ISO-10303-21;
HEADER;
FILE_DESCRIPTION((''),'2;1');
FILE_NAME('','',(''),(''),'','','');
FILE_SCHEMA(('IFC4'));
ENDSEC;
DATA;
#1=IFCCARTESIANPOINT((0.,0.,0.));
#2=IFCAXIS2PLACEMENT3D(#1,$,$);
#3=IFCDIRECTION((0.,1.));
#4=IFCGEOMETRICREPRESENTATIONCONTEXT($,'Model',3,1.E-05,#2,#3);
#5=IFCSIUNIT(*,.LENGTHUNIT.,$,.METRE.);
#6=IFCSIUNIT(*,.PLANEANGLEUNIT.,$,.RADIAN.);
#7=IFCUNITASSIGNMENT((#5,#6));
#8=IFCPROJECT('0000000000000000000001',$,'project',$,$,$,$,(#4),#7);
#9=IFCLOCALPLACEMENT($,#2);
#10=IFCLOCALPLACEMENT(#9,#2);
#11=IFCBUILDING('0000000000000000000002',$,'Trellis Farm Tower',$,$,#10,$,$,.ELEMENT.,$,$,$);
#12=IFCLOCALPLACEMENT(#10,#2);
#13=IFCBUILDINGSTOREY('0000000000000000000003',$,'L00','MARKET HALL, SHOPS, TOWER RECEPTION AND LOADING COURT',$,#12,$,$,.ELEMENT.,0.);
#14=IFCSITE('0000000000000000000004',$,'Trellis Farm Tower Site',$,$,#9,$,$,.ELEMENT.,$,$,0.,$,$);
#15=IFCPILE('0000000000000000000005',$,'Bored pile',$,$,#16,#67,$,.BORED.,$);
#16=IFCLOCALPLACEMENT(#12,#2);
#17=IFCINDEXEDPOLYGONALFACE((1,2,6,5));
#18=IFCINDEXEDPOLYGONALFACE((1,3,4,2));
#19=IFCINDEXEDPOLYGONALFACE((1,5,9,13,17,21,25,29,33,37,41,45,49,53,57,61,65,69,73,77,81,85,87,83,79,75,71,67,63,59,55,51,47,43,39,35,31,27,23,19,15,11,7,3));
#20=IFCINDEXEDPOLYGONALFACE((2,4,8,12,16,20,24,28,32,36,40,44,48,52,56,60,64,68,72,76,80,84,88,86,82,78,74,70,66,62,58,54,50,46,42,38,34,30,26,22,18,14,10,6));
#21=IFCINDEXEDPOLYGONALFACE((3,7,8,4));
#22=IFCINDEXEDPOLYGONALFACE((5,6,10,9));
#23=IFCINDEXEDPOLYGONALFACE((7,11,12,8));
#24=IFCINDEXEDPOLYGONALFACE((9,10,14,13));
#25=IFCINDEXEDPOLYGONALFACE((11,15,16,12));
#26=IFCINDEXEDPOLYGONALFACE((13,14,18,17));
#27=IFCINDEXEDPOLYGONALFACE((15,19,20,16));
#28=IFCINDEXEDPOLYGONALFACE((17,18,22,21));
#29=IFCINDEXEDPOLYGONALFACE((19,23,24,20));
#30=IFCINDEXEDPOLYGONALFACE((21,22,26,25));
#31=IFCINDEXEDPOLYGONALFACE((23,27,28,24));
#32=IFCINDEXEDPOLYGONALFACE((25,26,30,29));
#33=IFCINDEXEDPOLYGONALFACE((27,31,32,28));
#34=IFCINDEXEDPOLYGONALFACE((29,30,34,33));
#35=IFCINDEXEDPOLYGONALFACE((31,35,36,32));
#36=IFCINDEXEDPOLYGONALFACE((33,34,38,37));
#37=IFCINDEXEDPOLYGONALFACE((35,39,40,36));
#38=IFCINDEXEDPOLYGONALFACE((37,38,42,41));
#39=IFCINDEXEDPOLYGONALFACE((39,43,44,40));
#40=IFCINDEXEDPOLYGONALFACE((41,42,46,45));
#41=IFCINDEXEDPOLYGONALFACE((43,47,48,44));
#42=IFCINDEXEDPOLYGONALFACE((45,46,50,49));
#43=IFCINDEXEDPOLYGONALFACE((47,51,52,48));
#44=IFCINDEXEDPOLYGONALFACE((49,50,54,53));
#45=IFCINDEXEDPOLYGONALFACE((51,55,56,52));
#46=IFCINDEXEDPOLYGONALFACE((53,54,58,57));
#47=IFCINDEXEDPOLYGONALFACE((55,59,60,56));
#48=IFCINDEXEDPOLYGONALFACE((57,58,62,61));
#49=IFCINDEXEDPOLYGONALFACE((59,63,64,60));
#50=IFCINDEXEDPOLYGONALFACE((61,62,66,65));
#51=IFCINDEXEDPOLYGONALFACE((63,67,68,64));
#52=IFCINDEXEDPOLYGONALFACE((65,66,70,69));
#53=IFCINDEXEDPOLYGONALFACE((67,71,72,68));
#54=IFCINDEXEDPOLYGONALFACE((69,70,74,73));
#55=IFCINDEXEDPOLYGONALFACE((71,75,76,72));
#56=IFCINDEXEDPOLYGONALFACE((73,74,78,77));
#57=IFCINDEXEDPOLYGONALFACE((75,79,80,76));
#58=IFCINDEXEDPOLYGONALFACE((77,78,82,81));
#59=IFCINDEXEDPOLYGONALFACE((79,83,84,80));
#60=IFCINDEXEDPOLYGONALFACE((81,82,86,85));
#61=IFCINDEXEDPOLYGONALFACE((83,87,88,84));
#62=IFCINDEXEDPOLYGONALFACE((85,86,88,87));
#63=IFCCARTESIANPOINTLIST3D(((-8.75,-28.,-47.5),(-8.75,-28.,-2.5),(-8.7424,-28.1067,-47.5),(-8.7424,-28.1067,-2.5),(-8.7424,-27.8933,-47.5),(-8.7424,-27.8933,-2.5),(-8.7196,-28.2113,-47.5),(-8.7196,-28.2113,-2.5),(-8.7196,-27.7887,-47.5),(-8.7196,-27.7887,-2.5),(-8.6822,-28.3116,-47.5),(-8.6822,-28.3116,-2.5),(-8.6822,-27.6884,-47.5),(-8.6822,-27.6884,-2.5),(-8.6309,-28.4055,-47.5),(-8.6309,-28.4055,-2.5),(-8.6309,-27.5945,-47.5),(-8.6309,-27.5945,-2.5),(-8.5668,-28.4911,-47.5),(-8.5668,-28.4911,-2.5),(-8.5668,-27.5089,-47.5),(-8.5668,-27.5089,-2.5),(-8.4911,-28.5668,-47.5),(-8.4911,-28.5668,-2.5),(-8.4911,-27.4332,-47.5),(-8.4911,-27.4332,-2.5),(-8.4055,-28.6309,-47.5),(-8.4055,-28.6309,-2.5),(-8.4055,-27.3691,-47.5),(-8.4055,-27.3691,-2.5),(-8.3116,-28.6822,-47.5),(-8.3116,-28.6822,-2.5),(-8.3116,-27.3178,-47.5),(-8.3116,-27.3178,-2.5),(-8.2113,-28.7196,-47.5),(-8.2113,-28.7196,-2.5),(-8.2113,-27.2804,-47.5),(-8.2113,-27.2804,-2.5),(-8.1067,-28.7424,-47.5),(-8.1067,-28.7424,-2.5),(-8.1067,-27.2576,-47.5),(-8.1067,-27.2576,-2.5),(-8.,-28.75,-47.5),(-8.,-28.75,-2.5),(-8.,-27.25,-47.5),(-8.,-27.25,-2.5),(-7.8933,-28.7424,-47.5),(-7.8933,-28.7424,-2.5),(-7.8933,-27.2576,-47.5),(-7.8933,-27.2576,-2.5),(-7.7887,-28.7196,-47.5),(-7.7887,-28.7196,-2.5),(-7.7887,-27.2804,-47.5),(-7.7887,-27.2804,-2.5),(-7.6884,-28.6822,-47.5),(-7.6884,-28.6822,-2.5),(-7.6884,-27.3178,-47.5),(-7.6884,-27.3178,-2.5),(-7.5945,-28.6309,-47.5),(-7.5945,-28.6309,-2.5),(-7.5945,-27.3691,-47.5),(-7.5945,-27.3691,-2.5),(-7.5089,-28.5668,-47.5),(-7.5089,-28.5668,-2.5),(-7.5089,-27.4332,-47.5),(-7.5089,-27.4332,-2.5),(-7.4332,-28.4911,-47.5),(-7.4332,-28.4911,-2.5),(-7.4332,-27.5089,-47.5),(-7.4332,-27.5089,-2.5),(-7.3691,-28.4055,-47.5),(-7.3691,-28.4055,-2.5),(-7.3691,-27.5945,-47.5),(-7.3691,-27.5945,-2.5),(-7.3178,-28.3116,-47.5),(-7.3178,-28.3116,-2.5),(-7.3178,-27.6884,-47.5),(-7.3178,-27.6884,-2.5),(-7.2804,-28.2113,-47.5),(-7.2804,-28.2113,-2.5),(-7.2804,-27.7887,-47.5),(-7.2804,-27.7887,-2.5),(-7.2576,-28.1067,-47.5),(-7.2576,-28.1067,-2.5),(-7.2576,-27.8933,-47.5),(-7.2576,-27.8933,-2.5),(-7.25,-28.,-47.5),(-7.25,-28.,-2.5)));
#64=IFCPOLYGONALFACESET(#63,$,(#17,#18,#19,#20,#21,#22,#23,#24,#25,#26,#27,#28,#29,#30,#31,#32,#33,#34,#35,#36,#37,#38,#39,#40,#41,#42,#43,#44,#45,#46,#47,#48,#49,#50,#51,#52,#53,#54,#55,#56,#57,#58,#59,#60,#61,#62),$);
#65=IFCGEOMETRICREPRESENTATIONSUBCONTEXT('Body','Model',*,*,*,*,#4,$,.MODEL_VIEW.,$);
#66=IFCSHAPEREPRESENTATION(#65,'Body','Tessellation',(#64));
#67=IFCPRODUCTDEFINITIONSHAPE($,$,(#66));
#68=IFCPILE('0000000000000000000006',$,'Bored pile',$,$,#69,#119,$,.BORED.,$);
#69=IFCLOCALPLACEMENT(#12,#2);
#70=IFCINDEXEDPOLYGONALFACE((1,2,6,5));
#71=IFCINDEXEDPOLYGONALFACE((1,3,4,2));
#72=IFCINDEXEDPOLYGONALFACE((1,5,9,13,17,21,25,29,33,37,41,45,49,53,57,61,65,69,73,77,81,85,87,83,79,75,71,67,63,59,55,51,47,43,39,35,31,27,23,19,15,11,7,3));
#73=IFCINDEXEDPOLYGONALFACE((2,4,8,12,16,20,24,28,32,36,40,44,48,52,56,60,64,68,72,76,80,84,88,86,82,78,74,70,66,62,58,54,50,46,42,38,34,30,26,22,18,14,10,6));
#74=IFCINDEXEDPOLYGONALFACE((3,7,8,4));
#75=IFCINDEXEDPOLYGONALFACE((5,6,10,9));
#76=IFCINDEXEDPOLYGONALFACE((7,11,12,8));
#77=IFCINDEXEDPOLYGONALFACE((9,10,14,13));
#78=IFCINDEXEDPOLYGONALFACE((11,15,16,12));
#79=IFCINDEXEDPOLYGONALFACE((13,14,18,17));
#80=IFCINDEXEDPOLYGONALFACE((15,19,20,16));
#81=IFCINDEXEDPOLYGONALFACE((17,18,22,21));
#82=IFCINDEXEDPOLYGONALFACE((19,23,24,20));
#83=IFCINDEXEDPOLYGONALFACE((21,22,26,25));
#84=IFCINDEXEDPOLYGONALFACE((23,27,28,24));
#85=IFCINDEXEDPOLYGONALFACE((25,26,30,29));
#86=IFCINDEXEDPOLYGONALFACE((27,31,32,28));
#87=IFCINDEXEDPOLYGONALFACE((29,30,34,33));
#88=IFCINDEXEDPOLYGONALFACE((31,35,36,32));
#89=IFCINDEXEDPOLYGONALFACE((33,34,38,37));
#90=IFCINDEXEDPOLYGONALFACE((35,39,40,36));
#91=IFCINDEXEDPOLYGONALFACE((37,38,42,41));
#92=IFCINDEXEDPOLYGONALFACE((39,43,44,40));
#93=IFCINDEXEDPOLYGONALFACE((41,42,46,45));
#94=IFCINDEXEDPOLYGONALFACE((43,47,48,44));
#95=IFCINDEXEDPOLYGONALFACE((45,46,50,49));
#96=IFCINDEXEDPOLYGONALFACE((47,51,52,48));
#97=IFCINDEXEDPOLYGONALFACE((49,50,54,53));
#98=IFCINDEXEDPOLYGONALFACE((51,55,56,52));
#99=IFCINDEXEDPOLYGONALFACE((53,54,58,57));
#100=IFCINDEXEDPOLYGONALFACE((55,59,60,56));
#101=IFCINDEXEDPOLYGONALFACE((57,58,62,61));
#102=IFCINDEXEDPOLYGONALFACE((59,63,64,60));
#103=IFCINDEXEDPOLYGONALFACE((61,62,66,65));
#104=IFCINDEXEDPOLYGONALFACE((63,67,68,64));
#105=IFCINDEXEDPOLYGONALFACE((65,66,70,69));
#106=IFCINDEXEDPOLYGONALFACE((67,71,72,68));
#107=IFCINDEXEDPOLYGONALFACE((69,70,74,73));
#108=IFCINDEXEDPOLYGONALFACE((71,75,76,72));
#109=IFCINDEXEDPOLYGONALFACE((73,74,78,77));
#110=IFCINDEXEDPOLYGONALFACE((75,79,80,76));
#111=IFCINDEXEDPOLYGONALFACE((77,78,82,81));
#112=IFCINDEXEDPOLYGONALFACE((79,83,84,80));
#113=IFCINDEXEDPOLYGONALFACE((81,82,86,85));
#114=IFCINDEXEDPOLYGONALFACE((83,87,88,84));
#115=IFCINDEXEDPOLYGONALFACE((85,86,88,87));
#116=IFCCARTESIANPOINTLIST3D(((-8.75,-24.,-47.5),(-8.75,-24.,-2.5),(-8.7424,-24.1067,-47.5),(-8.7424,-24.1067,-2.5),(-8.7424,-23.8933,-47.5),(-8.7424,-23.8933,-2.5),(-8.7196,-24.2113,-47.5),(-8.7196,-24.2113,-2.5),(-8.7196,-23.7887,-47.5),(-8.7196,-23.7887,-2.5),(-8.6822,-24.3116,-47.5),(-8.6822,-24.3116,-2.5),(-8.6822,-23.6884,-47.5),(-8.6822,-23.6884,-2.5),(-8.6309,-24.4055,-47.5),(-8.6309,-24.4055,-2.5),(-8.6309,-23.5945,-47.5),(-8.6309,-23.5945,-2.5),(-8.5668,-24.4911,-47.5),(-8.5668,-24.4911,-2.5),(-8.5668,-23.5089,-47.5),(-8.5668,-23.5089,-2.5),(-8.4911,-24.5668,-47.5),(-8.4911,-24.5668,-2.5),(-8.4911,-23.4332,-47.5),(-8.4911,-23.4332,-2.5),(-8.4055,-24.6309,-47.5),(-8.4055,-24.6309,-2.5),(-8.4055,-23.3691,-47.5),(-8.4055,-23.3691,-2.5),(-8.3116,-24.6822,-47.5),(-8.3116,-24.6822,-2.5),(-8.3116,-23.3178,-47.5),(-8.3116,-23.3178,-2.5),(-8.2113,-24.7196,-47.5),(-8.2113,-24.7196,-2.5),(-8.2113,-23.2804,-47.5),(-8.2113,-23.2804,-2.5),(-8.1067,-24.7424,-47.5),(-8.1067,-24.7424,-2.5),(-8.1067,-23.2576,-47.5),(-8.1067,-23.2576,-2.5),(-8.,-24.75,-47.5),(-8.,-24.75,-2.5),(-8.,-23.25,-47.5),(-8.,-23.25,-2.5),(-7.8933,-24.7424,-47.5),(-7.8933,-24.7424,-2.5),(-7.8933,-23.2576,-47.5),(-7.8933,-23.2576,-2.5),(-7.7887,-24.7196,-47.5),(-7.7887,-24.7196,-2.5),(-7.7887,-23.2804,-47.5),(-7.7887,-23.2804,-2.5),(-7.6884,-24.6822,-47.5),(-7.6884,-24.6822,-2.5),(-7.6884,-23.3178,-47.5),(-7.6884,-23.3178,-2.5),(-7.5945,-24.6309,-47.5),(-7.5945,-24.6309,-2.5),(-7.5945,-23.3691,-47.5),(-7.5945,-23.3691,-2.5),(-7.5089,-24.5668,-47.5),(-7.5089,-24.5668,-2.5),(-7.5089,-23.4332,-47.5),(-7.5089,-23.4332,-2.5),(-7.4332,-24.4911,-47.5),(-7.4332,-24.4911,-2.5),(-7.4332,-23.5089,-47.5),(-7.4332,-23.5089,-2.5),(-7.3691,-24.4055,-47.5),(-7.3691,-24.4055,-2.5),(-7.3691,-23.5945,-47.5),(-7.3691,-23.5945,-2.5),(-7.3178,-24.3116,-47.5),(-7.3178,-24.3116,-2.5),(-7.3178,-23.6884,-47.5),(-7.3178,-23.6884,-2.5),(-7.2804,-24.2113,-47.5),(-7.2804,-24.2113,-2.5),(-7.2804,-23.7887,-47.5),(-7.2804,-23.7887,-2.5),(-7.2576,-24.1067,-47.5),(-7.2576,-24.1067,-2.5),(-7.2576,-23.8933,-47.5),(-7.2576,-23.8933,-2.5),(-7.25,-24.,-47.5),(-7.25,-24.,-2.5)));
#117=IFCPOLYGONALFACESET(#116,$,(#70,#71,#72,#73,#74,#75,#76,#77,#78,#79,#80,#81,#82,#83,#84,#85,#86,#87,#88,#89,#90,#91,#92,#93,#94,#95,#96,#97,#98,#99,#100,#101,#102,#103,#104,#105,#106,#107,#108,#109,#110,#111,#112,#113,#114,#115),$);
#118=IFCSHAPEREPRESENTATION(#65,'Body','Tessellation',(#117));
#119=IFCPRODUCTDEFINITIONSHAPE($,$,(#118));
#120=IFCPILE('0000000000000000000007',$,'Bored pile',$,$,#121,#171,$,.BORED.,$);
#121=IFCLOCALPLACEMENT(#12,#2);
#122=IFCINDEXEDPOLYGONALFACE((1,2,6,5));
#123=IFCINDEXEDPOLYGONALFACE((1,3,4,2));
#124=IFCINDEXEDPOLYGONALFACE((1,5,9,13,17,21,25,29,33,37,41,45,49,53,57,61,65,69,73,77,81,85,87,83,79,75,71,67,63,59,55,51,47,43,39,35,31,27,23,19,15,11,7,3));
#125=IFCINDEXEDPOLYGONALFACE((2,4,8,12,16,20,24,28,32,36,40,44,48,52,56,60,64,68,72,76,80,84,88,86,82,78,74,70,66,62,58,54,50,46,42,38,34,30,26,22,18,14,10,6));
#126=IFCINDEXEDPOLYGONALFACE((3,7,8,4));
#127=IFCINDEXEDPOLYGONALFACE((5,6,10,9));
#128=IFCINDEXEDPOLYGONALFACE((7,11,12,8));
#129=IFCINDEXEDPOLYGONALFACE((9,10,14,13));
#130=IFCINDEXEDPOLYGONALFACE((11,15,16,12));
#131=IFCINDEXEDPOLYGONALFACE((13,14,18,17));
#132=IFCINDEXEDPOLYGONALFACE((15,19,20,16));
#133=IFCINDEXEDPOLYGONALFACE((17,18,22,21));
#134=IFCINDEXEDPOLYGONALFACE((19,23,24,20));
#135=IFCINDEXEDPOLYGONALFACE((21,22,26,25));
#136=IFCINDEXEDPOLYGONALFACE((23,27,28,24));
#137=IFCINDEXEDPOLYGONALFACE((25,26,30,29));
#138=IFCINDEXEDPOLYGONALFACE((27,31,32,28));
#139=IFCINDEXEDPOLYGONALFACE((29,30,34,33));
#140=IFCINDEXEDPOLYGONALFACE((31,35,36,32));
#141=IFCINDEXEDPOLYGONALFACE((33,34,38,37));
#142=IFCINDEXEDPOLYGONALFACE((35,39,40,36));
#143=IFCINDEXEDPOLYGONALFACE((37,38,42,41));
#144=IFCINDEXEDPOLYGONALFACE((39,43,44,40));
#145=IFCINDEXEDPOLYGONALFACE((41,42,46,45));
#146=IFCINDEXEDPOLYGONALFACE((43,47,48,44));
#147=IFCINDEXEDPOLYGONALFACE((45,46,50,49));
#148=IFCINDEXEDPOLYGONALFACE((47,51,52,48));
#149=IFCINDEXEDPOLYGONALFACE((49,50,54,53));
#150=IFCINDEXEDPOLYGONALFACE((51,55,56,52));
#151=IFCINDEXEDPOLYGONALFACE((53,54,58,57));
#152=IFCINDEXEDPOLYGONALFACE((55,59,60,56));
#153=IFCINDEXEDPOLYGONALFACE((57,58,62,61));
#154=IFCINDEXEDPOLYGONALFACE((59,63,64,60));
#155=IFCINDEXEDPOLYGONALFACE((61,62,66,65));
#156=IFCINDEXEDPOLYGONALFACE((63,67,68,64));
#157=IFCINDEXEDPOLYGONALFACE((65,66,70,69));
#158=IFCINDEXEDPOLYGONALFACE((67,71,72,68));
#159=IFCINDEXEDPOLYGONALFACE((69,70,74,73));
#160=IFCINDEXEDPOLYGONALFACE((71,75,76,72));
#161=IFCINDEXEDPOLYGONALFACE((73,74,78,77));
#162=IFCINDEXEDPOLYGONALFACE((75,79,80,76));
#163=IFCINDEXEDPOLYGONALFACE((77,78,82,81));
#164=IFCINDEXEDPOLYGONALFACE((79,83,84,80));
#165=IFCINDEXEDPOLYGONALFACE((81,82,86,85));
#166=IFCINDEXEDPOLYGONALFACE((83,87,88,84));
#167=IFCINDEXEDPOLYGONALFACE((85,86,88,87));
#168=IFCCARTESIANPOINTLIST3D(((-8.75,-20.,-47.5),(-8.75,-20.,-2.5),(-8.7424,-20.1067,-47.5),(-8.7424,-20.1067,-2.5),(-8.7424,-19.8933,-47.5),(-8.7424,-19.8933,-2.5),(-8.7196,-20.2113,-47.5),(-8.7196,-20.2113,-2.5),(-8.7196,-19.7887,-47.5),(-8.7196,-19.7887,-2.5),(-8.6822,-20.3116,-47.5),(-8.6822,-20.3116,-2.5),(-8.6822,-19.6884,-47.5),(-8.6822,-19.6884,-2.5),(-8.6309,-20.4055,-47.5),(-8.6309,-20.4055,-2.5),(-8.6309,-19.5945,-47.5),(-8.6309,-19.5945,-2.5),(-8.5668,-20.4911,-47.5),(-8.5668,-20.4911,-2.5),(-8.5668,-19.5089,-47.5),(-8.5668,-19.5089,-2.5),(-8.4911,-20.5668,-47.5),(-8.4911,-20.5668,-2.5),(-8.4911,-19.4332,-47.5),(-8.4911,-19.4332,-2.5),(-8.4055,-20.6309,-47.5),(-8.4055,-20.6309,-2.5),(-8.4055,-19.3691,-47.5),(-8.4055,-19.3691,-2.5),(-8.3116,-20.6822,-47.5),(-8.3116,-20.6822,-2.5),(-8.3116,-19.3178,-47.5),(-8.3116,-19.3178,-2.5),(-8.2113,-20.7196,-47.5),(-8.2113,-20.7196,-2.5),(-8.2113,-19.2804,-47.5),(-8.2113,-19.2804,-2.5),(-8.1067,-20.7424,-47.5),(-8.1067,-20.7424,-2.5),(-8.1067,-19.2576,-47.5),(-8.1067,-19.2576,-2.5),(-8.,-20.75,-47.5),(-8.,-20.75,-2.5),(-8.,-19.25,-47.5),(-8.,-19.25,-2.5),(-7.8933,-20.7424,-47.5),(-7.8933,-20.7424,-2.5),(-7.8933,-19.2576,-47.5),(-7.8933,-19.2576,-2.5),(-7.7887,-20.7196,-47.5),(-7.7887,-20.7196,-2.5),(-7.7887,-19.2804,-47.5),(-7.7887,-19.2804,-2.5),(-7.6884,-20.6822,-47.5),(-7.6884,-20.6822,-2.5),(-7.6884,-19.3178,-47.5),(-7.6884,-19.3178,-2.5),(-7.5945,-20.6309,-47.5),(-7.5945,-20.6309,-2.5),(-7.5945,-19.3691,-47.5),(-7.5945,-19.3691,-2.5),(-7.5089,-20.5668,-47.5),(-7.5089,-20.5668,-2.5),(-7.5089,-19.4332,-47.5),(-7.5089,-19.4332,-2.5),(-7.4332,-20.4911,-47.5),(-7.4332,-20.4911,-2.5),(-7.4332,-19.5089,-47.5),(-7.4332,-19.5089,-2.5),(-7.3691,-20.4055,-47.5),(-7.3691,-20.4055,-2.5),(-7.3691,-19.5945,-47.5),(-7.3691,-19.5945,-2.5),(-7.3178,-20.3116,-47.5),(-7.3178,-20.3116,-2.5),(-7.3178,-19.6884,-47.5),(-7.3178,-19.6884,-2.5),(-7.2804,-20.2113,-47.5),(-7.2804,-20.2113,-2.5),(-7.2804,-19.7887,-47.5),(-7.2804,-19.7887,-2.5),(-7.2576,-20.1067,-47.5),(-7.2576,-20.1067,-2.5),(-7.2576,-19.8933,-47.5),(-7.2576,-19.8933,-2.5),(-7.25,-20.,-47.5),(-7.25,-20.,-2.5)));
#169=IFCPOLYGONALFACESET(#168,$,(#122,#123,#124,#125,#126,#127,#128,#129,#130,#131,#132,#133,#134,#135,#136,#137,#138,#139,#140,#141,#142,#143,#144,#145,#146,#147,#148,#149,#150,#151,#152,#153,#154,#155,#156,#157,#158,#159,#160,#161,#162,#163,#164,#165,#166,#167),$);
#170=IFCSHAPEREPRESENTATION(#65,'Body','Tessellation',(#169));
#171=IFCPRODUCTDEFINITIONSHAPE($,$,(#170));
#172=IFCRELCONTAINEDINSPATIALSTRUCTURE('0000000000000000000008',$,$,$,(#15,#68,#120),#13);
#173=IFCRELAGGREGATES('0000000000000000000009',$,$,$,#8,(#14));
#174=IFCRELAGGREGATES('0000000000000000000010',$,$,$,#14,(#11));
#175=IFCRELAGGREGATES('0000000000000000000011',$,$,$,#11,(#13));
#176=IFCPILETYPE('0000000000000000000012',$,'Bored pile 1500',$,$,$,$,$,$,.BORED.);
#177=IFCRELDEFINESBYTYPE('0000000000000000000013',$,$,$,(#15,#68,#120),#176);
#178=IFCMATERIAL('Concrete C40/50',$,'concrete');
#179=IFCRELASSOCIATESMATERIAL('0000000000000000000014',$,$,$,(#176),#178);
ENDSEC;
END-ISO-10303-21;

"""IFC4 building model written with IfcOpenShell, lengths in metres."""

from ifc_helpers import new_model, si_unit, direction, frame, origin, origin_2d, place, context, subcontext, project, spatial, circle, extrude, source, transform, mapped, material, material_profile, profile_set, type_object, element, save


model = new_model("IFC4")

# Units and contexts
model_context = context("Model", 3, precision=1e-05, world=origin(), true_north=direction((0.0, 1.0)))
body_context = subcontext(model_context, "Body", "Model", "MODEL_VIEW")
ifc_project = project(units=[si_unit("LENGTHUNIT", "METRE"), si_unit("PLANEANGLEUNIT", "RADIAN")], contexts=[model_context])

# Site, building, storey
site_placement = place(None, origin())
site = spatial("IfcSite", under=ifc_project, at=site_placement, Name="Trellis Farm Tower Site", CompositionType="ELEMENT", RefElevation=0.0)
building_placement = place(site_placement, origin())
building = spatial("IfcBuilding", under=site, at=building_placement, Name="Trellis Farm Tower", CompositionType="ELEMENT")
storey_placement = place(building_placement, origin())
storey = spatial("IfcBuildingStorey", under=building, at=storey_placement, Name="L00", Description="MARKET HALL, SHOPS, TOWER RECEPTION AND LOADING COURT", CompositionType="ELEMENT", Elevation=0.0)

# Piles
ifc_material_1 = material(Name="Concrete C40/50", Category="concrete")
ifc_material_profile_1 = material_profile(ifc_material_1, circle(Radius=0.75, at=origin_2d()), Name="Bored pile 1500")
ifc_profile_set_1 = profile_set([ifc_material_profile_1], Name="Concrete C40/50")
pile_type = type_object("IfcPileType", Name="Bored pile 1500", PredefinedType="BORED", material=ifc_profile_set_1)
shared_shape_1 = source(origin(), body_context, "Body", "SweptSolid", [
    extrude(circle(Radius=0.75, at=origin_2d()), origin(), (0.0, 0.0, 1.0), 45.0),
])
for number, where, z_axis, x_axis, name in (
    (1, (-8.0, -28.0, -2.5), (0.0, 0.0, -1.0), (1.0, 0.0, 0.0), "Bored pile"),
    (2, (-8.0, -24.0, -2.5), (0.0, 0.0, -1.0), (1.0, 0.0, 0.0), "Bored pile"),
    (3, (-8.0, -20.0, -2.5), (0.0, 0.0, -1.0), (1.0, 0.0, 0.0), "Bored pile"),
):
    element("IfcPile", number, at=place(storey_placement, frame(where, z_axis=z_axis, x_axis=x_axis)), inside=storey, type_object=pile_type, Name=name, PredefinedType="BORED", context=body_context, shape_type="MappedRepresentation", body=[
        mapped(shared_shape_1, transform((0.0, 0.0, 0.0))),
    ])

save(model, "model.ifc")
